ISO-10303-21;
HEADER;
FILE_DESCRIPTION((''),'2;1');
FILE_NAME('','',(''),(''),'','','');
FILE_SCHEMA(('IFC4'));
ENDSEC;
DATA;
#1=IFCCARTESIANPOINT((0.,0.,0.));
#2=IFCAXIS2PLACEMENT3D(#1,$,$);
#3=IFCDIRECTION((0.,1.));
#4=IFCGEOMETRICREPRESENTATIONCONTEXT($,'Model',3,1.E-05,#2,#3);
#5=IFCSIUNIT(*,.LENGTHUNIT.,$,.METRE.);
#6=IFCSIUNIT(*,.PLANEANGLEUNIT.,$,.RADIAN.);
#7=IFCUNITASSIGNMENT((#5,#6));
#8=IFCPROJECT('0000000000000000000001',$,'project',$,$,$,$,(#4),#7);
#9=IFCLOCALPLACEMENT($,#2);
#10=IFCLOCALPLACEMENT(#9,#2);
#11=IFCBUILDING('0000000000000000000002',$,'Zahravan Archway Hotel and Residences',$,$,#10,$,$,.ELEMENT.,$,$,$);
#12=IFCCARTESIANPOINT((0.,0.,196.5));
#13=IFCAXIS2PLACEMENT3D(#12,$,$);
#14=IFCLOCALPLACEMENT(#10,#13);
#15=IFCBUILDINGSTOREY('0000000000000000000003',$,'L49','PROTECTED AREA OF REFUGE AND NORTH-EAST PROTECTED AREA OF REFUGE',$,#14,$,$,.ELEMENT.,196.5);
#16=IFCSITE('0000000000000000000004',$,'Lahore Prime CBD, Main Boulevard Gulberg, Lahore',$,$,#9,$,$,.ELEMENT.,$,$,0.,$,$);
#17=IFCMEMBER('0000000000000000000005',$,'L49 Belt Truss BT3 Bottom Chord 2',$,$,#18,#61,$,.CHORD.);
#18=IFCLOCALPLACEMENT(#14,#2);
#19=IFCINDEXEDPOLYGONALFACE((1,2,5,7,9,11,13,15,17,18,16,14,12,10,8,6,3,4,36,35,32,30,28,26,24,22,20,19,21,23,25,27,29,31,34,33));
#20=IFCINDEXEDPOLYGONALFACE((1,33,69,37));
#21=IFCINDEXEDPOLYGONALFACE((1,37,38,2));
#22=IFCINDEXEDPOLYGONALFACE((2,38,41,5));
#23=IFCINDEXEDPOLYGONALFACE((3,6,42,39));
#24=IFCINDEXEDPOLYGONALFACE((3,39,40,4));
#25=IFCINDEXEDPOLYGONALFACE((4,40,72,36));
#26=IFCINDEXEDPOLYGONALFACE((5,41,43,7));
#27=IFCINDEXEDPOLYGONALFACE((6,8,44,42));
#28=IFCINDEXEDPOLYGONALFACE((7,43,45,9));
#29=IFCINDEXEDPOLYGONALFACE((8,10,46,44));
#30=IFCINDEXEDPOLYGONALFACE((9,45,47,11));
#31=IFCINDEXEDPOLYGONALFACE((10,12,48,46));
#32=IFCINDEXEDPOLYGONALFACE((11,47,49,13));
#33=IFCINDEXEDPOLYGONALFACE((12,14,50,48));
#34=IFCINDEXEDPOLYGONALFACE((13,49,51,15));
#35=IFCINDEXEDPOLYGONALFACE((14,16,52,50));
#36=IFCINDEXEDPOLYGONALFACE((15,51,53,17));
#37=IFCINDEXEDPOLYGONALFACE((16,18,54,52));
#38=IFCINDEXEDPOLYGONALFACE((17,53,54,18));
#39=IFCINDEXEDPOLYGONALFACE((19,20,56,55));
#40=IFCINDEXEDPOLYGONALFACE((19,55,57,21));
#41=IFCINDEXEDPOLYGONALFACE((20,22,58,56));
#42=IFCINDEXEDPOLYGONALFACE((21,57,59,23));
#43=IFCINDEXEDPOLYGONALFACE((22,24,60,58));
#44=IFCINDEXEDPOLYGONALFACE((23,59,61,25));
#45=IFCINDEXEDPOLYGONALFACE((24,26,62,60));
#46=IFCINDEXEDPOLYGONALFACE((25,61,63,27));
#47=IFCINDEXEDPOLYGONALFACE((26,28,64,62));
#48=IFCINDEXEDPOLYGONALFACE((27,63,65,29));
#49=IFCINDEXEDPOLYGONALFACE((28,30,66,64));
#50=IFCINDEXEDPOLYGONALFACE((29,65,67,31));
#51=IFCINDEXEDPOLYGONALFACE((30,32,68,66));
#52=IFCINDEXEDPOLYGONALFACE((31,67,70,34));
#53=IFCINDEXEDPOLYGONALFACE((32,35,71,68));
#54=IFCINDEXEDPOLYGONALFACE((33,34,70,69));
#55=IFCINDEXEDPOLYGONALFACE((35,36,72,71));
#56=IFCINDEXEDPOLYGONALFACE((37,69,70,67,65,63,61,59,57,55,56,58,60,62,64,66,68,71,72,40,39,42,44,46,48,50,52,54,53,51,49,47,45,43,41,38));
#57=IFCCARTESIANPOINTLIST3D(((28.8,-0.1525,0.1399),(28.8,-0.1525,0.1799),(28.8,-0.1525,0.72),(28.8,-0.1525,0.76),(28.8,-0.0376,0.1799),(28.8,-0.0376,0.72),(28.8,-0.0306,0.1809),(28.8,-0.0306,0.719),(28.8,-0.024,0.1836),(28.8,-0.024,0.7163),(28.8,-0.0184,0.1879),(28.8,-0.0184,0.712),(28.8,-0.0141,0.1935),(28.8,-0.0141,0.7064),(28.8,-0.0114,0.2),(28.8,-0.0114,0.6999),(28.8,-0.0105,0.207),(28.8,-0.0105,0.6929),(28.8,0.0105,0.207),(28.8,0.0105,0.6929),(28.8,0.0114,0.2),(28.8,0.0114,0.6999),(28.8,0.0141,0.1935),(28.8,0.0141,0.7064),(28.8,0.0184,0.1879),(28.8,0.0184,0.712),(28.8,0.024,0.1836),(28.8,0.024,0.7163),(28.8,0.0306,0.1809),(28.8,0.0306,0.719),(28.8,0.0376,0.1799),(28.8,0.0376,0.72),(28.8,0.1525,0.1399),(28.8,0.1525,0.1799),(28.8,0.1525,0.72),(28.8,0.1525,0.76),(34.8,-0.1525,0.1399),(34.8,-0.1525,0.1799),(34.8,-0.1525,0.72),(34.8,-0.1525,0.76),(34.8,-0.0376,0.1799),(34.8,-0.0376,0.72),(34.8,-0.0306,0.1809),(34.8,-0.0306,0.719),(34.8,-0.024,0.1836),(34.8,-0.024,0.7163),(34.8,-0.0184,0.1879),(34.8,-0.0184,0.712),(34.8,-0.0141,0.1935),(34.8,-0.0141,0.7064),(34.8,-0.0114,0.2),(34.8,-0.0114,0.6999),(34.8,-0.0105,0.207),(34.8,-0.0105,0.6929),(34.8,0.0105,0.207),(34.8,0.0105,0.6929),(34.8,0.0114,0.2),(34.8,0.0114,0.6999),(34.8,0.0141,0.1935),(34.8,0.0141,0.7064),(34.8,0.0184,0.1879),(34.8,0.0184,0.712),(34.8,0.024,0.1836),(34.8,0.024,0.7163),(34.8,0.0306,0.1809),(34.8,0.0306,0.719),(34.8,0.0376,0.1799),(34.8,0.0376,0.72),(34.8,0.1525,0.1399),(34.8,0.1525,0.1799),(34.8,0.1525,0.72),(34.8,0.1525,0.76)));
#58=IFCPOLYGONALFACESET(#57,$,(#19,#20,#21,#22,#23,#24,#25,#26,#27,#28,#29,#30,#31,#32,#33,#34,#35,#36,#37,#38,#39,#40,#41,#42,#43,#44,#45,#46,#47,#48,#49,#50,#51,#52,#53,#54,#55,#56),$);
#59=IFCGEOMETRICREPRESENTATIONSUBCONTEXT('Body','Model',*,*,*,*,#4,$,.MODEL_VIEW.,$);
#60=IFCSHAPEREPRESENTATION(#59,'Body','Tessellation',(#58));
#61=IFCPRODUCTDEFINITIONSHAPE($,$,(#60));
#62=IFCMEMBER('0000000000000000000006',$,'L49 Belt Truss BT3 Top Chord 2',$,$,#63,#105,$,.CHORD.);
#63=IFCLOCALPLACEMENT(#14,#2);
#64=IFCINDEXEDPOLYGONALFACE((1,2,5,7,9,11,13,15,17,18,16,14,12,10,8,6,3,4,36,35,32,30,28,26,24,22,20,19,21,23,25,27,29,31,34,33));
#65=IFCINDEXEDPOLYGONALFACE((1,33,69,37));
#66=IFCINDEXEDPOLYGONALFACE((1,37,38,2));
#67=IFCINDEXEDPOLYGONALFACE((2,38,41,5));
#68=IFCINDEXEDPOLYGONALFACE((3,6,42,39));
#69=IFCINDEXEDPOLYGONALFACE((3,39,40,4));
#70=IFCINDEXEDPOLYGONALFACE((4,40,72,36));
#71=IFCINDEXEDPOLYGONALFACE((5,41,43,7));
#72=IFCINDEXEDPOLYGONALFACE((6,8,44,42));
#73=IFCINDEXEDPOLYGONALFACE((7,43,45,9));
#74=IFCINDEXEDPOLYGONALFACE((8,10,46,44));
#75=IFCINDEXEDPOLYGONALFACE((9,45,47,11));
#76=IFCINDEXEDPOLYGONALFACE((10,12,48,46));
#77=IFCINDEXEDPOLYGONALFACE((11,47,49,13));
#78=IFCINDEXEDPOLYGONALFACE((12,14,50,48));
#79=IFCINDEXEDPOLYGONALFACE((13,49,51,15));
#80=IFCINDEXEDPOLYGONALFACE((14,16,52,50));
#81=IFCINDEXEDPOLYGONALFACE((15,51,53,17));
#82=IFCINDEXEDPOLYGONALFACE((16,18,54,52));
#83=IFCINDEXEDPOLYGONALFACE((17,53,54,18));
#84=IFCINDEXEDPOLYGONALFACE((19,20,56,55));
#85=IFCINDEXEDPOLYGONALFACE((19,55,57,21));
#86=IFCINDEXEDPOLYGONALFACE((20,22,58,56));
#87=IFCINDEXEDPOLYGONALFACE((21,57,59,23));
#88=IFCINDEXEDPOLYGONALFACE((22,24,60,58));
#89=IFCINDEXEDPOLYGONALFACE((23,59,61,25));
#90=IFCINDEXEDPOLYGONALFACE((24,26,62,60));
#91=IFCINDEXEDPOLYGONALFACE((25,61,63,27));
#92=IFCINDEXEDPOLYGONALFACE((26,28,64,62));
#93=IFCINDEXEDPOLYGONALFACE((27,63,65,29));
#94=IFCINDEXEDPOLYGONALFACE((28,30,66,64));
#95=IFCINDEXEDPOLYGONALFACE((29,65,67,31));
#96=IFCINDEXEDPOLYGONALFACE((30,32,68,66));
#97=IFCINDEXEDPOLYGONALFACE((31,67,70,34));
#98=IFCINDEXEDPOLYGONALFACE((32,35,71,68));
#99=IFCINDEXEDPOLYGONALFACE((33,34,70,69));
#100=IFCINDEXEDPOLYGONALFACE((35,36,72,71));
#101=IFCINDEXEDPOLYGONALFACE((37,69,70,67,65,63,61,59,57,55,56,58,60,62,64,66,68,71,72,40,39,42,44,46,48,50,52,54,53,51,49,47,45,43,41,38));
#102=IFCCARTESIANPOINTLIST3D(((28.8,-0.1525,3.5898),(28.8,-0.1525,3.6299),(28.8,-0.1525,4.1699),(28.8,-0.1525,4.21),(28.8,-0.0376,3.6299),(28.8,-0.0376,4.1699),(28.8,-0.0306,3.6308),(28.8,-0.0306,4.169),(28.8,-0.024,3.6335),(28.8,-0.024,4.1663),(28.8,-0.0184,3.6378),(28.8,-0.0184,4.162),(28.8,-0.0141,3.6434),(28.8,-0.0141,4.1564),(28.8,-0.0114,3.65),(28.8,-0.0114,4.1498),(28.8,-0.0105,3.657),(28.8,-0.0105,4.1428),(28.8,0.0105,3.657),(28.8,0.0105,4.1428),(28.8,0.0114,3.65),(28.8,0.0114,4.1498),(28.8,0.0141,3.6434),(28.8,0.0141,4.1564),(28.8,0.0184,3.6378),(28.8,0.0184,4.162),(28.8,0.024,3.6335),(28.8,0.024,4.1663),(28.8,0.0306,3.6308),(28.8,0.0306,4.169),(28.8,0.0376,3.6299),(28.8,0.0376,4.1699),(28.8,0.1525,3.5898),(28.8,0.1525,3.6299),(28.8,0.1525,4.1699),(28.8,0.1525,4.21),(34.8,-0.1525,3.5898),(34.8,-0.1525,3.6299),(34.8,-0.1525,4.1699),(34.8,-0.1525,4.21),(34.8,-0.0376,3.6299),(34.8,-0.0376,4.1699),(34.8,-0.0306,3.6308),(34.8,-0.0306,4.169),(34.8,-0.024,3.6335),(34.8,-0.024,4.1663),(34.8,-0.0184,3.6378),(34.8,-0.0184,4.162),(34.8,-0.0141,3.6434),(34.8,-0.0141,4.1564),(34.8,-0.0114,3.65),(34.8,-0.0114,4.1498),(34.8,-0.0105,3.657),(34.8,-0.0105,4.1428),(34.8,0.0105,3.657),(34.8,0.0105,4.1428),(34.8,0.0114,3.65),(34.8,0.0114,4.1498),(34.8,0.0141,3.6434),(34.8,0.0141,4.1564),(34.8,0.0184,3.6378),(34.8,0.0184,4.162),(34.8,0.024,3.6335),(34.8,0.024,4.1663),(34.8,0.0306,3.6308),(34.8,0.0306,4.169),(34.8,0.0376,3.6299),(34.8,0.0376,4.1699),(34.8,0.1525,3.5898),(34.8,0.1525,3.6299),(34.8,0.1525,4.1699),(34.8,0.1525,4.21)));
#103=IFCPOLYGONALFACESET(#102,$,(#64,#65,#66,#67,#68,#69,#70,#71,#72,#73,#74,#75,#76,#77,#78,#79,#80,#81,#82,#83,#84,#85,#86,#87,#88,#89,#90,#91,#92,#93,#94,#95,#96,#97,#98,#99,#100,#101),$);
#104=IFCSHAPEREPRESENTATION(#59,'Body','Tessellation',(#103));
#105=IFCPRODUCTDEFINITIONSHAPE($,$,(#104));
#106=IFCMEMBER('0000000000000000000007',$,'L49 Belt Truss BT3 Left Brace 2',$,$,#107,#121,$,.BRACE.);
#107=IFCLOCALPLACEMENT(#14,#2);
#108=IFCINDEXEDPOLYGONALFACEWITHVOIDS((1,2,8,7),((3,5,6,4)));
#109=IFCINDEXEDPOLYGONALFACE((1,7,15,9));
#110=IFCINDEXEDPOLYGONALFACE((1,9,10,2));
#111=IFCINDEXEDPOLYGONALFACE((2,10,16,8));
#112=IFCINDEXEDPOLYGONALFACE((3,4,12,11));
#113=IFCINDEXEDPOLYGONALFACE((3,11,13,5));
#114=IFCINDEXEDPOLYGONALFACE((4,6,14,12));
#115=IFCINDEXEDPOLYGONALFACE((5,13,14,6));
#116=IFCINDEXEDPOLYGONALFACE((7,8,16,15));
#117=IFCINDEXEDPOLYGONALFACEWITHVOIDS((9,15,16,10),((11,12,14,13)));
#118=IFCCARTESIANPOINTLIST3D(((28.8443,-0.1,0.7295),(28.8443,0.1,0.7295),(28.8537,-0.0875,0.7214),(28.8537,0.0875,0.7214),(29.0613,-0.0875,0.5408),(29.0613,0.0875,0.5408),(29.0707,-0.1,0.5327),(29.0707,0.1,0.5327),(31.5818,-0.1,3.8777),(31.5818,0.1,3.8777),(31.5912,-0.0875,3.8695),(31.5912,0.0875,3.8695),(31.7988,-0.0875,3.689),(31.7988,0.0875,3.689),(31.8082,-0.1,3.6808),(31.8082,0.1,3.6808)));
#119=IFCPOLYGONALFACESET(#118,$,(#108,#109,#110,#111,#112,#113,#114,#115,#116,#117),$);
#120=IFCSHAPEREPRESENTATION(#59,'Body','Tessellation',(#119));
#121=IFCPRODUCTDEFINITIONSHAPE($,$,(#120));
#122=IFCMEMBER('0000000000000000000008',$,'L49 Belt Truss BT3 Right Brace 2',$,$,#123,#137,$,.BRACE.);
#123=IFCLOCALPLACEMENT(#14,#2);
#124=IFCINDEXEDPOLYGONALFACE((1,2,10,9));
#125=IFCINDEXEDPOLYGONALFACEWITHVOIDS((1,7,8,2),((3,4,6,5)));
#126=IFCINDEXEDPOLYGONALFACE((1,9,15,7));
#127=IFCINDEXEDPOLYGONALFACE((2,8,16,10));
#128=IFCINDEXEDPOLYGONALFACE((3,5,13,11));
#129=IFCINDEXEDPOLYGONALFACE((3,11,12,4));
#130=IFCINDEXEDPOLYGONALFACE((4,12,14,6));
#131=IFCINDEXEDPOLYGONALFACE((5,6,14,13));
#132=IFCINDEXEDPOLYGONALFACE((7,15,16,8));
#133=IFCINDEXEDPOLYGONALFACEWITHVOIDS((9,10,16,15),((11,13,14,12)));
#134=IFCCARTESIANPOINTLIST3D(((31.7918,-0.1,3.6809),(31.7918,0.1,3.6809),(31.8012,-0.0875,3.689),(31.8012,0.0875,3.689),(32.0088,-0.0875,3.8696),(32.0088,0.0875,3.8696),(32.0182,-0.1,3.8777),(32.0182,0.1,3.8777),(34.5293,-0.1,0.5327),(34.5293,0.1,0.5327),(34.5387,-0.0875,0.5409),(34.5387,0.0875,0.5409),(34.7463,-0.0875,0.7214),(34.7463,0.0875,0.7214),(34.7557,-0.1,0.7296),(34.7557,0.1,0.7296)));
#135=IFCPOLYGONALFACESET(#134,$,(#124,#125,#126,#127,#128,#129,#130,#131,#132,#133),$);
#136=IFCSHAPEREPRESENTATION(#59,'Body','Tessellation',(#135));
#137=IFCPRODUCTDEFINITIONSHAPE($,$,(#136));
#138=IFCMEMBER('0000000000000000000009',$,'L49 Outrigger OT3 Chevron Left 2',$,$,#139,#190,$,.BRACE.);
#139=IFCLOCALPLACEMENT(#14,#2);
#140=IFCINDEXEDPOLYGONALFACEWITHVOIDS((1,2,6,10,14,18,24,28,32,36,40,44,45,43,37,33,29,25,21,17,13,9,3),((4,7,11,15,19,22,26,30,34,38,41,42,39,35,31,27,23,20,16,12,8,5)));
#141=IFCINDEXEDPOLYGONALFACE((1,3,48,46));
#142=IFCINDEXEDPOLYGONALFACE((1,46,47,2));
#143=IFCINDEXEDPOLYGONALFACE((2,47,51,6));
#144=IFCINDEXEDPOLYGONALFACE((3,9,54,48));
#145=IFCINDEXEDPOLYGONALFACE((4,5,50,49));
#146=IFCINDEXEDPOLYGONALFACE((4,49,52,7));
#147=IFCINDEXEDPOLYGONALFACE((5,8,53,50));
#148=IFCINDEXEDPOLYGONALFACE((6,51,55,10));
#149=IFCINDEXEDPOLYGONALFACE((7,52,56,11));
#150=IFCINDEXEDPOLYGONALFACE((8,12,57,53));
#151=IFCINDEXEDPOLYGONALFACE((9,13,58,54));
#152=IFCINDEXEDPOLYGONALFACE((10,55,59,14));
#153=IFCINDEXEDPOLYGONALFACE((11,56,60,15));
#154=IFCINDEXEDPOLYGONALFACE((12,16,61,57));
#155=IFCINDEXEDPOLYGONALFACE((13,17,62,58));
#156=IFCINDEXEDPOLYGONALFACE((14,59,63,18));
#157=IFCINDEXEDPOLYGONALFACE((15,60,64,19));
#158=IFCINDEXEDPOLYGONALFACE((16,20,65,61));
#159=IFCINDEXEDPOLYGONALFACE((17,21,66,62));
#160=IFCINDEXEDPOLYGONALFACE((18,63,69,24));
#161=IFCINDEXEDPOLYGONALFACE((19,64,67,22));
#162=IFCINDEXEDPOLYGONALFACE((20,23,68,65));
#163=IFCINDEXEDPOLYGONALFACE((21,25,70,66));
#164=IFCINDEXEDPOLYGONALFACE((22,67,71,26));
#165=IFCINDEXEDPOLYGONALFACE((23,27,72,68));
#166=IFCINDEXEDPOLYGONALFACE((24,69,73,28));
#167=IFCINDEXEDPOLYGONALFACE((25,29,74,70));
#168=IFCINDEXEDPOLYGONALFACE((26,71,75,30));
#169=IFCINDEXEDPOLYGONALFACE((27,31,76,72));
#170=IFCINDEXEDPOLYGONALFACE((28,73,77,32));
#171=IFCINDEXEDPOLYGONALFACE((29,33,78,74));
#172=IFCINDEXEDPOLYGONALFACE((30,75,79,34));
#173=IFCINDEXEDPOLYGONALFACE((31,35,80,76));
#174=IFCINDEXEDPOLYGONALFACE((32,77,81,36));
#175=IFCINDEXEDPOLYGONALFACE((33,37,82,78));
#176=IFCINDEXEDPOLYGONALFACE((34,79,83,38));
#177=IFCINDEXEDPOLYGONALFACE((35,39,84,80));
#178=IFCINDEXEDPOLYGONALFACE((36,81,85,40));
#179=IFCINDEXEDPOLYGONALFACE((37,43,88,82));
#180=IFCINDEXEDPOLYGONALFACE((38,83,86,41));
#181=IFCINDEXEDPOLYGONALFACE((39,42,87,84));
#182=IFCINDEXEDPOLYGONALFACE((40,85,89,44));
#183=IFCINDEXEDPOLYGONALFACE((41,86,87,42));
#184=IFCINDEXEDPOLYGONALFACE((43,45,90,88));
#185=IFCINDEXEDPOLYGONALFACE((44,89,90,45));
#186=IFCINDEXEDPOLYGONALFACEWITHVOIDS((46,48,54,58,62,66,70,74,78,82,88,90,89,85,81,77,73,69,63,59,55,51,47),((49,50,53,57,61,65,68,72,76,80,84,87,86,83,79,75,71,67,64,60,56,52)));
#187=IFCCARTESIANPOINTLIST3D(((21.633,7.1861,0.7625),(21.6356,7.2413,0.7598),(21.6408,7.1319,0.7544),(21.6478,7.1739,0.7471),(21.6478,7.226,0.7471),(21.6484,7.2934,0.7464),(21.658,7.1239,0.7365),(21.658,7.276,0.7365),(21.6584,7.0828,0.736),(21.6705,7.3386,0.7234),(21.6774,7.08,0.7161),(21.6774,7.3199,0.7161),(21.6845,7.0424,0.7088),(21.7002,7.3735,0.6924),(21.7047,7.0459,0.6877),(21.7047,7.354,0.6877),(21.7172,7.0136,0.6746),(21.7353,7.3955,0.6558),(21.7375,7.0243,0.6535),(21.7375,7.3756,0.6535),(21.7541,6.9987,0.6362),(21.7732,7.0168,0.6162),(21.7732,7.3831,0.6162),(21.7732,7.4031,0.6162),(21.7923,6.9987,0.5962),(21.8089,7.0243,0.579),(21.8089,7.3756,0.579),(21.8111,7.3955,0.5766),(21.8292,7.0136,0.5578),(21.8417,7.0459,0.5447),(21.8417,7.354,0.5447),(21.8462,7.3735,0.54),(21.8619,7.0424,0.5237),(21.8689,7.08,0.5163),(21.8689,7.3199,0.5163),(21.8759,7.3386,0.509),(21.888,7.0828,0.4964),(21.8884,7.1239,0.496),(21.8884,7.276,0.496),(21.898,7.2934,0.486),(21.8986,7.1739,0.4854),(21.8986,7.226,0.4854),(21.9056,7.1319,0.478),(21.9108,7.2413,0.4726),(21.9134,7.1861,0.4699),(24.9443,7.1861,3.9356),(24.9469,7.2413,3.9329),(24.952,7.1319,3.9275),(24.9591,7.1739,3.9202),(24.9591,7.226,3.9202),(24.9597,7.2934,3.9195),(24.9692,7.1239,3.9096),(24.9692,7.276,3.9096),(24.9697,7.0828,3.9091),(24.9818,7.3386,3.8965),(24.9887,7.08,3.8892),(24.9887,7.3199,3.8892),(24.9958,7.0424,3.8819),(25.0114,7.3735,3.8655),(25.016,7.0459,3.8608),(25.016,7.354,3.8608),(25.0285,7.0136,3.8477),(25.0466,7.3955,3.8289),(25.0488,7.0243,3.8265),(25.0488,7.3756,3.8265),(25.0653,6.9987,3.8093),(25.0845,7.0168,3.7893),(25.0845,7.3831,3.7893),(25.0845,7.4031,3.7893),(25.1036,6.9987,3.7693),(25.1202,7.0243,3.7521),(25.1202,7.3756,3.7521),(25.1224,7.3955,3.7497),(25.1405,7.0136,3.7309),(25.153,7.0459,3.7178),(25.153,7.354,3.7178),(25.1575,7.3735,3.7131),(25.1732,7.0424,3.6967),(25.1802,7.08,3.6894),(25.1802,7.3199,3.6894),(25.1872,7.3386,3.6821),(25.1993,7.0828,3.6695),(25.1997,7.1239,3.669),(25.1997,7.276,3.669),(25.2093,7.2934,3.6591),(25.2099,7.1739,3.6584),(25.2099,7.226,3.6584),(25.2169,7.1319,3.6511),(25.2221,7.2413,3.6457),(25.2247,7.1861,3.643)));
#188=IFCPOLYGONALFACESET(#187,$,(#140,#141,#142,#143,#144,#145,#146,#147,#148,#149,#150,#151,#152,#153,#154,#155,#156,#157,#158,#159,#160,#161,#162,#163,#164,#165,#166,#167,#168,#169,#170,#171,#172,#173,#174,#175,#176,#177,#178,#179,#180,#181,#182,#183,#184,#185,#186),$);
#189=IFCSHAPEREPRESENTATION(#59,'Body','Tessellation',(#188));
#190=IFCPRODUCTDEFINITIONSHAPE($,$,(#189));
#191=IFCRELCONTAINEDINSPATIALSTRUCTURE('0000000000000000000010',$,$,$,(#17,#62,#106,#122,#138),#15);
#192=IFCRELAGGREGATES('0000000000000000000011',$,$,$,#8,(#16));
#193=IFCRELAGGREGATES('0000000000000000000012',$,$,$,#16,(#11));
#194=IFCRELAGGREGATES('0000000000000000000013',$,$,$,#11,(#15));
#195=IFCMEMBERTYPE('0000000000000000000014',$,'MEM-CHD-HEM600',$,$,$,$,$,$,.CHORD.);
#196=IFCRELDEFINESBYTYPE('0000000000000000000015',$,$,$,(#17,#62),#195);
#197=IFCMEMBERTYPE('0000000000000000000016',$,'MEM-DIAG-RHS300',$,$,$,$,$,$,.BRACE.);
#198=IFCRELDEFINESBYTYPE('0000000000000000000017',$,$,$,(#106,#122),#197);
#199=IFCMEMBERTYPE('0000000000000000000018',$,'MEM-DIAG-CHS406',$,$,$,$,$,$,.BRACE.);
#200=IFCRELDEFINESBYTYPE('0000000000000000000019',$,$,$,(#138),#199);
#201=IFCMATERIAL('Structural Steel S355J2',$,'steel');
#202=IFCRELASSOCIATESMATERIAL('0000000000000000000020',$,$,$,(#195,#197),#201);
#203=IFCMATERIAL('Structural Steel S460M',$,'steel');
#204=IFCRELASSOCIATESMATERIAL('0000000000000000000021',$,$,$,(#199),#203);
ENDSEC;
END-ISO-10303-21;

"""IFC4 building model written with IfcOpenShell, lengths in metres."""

from ifc_helpers import new_model, si_unit, direction, frame, origin, origin_2d, place, context, subcontext, project, spatial, hollow_rectangle, hollow_circle, i_section, extrude, source, transform, mapped, material, material_profile, profile_set, type_object, type_shapes, element, save


model = new_model("IFC4")

# Units and contexts
model_context = context("Model", 3, precision=1e-05, world=origin(), true_north=direction((0.0, 1.0)))
body_context = subcontext(model_context, "Body", "Model", "MODEL_VIEW")
ifc_project = project(units=[si_unit("LENGTHUNIT", "METRE"), si_unit("PLANEANGLEUNIT", "RADIAN")], contexts=[model_context])

# Site, building, storey
site_placement = place(None, origin())
site = spatial("IfcSite", under=ifc_project, at=site_placement, Name="Lahore Prime CBD, Main Boulevard Gulberg, Lahore", CompositionType="ELEMENT", RefElevation=0.0)
building_placement = place(site_placement, origin())
building = spatial("IfcBuilding", under=site, at=building_placement, Name="Zahravan Archway Hotel and Residences", CompositionType="ELEMENT")
storey_placement = place(building_placement, frame((0.0, 0.0, 196.5)))
storey = spatial("IfcBuildingStorey", under=building, at=storey_placement, Name="L49", Description="PROTECTED AREA OF REFUGE AND NORTH-EAST PROTECTED AREA OF REFUGE", CompositionType="ELEMENT", Elevation=196.5)

# Shared definitions
ifc_material_1 = material(Name="Structural Steel S460M", Category="steel")

# Members
ifc_material_2 = material(Name="Structural Steel S355J2", Category="steel")
ifc_material_profile_1 = material_profile(ifc_material_2, i_section(OverallWidth=0.3049, OverallDepth=0.6201, WebThickness=0.021, FlangeThickness=0.04, FilletRadius=0.0271, at=origin_2d()), Name="HEM 600", Category="steel")
ifc_profile_set_1 = profile_set([ifc_material_profile_1], Name="Structural Steel S355J2")
member_type_1 = type_object("IfcMemberType", Name="MEM-CHD-HEM600", PredefinedType="CHORD", material=ifc_profile_set_1)
ifc_material_profile_2 = material_profile(ifc_material_2, hollow_rectangle(XDim=0.2, YDim=0.3, WallThickness=0.0125, at=origin_2d()), Name="RHS 300x200x12.5", Category="steel")
ifc_profile_set_2 = profile_set([ifc_material_profile_2], Name="Structural Steel S355J2")
member_type_2 = type_object("IfcMemberType", Name="MEM-DIAG-RHS300", PredefinedType="BRACE", material=ifc_profile_set_2)
shared_shape_1 = source(origin(), body_context, "Body", "SweptSolid", [
    extrude(i_section(OverallWidth=0.3049, OverallDepth=0.6201, WebThickness=0.021, FlangeThickness=0.04, FilletRadius=0.0271, at=origin_2d()), origin(), (0.0, 0.0, 1.0), 6.0),
])
for number, where, z_axis, x_axis, name in (
    (1, (28.8, 0.0, 0.45), (1.0, 0.0, 0.0), (0.0, 1.0, 0.0), "L49 Belt Truss BT3 Bottom Chord 2"),
    (2, (28.8, 0.0, 3.8999), (1.0, 0.0, 0.0), (0.0, 1.0, 0.0), "L49 Belt Truss BT3 Top Chord 2"),
):
    element("IfcMember", number, at=place(storey_placement, frame(where, z_axis=z_axis, x_axis=x_axis)), inside=storey, type_object=member_type_1, Name=name, PredefinedType="CHORD", context=body_context, shape_type="MappedRepresentation", body=[
        mapped(shared_shape_1, transform((0.0, 0.0, 0.0), scale=1.0)),
    ])
shared_shape_2 = source(origin(), body_context, "Body", "SweptSolid", [
    extrude(hollow_rectangle(XDim=0.2, YDim=0.3, WallThickness=0.0125, at=origin_2d()), origin(), (0.0, 0.0, 1.0), 4.1719),
])
for number, where, z_axis, x_axis, name in (
    (3, (28.9575, 0.0, 0.6311), (0.656177, 0.0, 0.754607), (0.0, 1.0, 0.0), "L49 Belt Truss BT3 Left Brace 2"),
    (4, (31.905, 0.0, 3.7793), (0.656177, 0.0, -0.754607), (0.0, 1.0, 0.0), "L49 Belt Truss BT3 Right Brace 2"),
):
    element("IfcMember", number, at=place(storey_placement, frame(where, z_axis=z_axis, x_axis=x_axis)), inside=storey, type_object=member_type_2, Name=name, PredefinedType="BRACE", context=body_context, shape_type="MappedRepresentation", body=[
        mapped(shared_shape_2, transform((0.0, 0.0, 0.0), scale=1.0)),
    ])
ifc_material_profile_3 = material_profile(ifc_material_1, hollow_circle(Radius=0.2031, WallThickness=0.02, at=origin_2d()), Name="CHS 406.4x20", Category="steel")
ifc_profile_set_3 = profile_set([ifc_material_profile_3], Name="Structural Steel S460M")
member_type_3 = type_object("IfcMemberType", Name="MEM-DIAG-CHS406", PredefinedType="BRACE", material=ifc_profile_set_3)
shared_shape_3 = source(origin(), body_context, "Body", "SweptSolid", [
    extrude(hollow_circle(Radius=0.2031, WallThickness=0.02, at=origin_2d()), origin(), (0.0, 0.0, 1.0), 4.5862),
])
type_shapes(member_type_3, [shared_shape_3])
for number, where, z_axis, x_axis, name in (
    (5, (21.7732, 7.2, 0.6162), (0.722011, 0.0, 0.691881), (0.0, 1.0, 0.0), "L49 Outrigger OT3 Chevron Left 2"),
):
    element("IfcMember", number, at=place(storey_placement, frame(where, z_axis=z_axis, x_axis=x_axis)), inside=storey, type_object=member_type_3, Name=name, PredefinedType="BRACE", context=body_context, shape_type="MappedRepresentation", body=[
        mapped(shared_shape_3, transform((0.0, 0.0, 0.0), scale=1.0)),
    ])

save(model, "model.ifc")
